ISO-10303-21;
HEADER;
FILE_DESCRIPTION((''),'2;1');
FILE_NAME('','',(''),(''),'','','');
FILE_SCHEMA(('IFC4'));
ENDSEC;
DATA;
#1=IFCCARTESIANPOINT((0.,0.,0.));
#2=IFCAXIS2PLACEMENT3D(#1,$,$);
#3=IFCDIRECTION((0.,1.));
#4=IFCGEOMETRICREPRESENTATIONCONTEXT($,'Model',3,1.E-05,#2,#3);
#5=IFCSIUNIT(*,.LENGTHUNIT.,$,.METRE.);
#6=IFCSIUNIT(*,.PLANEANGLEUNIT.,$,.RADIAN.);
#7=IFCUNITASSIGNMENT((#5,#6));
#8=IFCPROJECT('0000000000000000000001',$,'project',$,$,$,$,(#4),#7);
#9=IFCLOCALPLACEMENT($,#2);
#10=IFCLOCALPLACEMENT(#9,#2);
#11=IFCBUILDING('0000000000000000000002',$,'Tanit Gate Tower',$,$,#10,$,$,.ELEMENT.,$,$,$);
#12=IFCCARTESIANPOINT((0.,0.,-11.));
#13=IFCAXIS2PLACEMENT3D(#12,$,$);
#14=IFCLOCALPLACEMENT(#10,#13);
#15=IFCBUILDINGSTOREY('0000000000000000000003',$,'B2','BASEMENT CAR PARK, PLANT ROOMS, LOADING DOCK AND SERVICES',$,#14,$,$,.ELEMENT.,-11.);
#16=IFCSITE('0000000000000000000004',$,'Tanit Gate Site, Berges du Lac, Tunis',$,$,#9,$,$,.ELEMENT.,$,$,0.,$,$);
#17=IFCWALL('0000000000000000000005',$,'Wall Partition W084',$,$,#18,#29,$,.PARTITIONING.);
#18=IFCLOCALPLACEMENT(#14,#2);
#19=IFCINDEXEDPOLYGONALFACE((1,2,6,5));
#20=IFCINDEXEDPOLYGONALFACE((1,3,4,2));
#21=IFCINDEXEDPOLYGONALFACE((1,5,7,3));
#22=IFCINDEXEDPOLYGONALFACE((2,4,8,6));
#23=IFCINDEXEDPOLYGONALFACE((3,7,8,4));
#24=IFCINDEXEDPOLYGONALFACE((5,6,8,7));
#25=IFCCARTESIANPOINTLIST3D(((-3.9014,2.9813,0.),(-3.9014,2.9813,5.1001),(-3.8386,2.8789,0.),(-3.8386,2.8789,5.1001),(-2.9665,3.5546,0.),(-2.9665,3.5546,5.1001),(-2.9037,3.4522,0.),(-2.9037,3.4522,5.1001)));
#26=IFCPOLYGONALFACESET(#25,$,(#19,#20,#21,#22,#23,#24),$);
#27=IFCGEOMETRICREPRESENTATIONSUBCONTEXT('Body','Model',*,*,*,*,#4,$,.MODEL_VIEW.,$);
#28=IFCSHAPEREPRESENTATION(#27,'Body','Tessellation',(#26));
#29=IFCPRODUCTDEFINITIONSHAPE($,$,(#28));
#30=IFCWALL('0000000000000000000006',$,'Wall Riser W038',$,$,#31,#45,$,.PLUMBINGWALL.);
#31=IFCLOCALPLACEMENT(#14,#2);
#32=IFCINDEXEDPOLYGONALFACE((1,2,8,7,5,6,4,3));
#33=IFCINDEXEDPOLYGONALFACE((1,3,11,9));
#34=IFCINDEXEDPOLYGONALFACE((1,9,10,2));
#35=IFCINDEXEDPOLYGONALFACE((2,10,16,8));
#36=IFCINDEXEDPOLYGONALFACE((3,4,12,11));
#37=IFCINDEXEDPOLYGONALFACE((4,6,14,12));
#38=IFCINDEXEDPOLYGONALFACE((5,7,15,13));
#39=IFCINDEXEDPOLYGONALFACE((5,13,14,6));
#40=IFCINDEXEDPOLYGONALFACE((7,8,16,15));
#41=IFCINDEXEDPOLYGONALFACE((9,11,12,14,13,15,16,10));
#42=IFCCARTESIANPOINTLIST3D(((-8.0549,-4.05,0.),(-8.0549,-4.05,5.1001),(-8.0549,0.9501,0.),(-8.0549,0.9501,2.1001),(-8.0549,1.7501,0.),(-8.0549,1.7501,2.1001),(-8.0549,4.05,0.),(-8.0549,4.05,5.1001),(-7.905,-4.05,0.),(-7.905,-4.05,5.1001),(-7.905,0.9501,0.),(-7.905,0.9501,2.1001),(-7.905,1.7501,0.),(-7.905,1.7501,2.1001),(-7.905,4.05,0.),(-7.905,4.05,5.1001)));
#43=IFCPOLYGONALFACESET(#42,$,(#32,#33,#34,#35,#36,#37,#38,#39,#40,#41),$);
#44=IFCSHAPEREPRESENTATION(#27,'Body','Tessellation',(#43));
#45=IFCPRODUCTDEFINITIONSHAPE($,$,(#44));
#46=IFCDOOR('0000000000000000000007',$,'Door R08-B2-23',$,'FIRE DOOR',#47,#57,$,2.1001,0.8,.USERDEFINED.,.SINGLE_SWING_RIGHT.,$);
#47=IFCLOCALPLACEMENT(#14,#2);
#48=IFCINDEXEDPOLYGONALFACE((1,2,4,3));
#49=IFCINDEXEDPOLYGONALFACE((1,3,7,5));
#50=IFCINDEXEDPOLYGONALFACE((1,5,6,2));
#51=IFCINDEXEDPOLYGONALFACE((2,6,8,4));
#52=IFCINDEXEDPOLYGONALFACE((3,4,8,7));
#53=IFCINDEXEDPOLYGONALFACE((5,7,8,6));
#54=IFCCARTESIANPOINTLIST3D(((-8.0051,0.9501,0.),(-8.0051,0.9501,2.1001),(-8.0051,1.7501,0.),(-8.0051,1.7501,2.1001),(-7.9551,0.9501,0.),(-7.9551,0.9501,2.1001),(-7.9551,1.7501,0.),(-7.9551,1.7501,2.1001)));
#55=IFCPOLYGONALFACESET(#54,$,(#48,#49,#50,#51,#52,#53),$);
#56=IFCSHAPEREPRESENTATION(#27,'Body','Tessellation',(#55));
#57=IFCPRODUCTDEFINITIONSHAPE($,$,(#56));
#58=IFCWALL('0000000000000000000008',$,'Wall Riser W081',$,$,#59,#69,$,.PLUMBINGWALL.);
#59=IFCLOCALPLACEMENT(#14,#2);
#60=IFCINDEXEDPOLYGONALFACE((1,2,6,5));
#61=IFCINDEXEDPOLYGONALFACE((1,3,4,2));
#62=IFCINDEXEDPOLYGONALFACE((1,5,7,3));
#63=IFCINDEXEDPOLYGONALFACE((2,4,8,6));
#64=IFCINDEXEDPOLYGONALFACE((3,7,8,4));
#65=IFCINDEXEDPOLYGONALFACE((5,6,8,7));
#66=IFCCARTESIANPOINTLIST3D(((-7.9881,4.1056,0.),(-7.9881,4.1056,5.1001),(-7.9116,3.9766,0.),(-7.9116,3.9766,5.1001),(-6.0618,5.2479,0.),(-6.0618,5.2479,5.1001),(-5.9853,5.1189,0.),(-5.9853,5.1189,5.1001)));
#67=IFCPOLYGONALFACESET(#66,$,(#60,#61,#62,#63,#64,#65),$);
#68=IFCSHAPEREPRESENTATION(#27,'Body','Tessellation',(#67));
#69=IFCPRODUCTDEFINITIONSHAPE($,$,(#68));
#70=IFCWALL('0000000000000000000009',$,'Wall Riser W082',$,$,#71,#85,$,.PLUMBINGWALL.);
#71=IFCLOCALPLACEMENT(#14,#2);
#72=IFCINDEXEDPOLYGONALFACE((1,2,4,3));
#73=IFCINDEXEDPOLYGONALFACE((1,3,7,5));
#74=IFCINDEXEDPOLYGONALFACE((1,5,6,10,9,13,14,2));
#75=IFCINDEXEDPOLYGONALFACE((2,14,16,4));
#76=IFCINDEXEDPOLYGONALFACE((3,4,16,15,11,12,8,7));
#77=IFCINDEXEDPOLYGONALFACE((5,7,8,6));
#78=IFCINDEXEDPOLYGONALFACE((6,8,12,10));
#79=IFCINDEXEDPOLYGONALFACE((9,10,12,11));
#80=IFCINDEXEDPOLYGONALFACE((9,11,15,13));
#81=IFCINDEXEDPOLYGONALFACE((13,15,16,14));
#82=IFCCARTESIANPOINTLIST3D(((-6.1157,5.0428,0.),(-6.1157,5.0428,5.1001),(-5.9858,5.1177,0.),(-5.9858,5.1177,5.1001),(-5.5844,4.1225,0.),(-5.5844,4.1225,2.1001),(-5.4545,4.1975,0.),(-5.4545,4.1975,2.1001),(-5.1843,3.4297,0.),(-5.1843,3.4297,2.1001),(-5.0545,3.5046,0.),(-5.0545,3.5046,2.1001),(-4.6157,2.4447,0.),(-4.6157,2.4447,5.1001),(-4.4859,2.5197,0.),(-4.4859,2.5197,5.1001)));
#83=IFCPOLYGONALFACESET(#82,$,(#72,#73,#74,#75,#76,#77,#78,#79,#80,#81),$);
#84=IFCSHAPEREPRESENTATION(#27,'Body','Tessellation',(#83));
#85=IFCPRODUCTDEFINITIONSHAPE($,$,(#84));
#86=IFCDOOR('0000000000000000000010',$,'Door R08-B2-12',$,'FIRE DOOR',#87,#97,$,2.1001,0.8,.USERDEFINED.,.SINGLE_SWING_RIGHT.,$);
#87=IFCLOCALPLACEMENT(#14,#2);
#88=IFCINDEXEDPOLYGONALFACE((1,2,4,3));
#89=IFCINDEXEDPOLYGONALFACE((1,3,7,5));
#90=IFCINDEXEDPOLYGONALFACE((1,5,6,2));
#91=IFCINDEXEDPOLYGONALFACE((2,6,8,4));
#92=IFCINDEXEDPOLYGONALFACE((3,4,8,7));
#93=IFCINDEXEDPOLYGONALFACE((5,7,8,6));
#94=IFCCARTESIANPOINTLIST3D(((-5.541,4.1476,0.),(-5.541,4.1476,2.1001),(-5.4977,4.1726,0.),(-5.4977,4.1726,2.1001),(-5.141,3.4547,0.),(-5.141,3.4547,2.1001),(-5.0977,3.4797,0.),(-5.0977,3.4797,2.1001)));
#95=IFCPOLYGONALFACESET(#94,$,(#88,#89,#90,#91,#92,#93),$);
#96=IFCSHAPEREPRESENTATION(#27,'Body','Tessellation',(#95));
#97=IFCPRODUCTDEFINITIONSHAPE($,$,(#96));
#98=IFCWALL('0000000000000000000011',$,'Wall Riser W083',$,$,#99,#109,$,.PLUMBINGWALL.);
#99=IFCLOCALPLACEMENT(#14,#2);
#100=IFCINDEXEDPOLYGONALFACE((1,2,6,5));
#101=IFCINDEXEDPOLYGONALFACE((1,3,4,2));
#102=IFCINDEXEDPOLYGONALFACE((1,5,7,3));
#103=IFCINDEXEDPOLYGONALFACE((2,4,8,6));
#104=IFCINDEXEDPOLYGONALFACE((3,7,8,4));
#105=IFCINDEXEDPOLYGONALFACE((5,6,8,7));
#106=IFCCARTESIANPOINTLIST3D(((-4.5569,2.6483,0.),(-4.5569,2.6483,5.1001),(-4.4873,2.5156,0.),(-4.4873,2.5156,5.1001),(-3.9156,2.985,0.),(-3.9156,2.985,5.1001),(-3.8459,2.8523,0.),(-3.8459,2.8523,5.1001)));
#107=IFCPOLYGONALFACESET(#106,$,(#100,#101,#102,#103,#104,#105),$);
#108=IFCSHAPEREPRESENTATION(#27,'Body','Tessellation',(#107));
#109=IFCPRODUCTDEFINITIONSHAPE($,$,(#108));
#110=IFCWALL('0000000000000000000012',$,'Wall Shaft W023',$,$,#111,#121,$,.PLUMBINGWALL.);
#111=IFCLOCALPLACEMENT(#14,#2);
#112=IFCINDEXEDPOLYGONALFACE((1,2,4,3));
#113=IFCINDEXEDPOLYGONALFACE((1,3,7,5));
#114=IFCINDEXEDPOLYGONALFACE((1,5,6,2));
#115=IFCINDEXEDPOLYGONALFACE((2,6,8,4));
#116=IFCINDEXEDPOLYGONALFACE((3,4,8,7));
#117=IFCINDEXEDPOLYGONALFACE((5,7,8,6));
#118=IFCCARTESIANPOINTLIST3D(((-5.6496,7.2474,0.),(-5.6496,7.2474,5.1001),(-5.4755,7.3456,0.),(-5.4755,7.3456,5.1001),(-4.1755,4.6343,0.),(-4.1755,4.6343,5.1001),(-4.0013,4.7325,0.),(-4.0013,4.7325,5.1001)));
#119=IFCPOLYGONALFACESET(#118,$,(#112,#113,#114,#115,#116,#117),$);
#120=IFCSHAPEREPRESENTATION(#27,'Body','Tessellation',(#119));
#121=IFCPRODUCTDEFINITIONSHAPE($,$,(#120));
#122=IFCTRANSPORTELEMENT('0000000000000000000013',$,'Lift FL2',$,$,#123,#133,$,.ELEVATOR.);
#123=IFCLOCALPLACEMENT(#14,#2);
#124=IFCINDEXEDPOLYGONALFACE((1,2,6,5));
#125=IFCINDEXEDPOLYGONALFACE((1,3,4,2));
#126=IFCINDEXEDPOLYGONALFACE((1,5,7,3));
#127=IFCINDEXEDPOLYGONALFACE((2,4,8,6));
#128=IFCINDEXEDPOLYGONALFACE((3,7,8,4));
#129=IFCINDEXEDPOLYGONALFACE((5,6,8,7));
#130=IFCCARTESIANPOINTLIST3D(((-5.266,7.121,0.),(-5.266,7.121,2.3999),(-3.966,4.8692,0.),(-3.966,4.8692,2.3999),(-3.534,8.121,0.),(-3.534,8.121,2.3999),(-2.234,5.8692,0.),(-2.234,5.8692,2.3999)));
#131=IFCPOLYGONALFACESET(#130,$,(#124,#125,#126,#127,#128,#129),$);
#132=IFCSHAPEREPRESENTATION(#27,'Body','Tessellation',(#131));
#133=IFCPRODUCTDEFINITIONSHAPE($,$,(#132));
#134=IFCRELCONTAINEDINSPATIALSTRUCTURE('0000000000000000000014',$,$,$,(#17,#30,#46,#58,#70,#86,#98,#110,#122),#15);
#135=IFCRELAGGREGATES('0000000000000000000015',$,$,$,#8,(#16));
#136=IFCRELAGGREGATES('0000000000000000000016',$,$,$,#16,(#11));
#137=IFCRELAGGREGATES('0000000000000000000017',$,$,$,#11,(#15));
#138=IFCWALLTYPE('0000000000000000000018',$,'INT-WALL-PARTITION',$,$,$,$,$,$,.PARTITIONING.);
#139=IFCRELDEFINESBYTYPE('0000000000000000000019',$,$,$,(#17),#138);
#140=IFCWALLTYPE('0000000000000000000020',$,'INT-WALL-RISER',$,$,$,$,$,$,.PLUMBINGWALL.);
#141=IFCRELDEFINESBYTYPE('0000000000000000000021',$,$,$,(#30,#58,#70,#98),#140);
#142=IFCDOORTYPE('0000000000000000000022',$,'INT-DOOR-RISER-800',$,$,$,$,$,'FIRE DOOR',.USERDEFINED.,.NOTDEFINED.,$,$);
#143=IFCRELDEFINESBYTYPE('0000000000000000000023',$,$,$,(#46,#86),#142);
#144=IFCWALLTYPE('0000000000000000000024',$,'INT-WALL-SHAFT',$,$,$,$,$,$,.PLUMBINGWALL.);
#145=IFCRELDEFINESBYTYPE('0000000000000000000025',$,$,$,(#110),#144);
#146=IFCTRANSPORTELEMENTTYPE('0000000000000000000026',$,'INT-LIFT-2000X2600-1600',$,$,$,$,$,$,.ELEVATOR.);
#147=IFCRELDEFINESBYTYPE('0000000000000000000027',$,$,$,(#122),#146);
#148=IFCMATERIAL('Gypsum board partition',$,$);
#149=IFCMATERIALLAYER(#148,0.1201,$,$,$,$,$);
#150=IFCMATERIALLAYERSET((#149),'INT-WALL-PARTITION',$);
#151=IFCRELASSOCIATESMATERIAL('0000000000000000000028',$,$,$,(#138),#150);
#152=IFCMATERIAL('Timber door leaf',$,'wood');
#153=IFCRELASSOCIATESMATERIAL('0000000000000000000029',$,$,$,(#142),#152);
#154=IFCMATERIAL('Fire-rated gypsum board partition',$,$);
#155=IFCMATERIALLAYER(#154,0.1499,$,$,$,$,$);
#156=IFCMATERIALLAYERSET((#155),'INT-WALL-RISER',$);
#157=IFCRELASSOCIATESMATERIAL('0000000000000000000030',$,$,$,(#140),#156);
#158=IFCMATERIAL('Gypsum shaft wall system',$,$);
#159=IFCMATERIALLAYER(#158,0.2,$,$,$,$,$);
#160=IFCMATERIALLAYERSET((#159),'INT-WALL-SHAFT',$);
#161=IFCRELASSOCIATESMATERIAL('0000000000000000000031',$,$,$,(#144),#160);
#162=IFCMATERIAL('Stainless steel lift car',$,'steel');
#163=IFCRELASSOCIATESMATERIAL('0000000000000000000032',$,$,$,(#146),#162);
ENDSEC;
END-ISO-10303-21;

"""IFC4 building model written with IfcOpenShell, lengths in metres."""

from ifc_helpers import new_model, si_unit, direction, frame, frame_2d, origin, origin_2d, place, context, subcontext, project, spatial, rectangle, extrude, material, layer, layer_set, type_object, element, fill, save


model = new_model("IFC4")

# Units and contexts
model_context = context("Model", 3, precision=1e-05, world=origin(), true_north=direction((0.0, 1.0)))
body_context = subcontext(model_context, "Body", "Model", "MODEL_VIEW")
ifc_project = project(units=[si_unit("LENGTHUNIT", "METRE"), si_unit("PLANEANGLEUNIT", "RADIAN")], contexts=[model_context])

# Site, building, storey
site_placement = place(None, origin())
site = spatial("IfcSite", under=ifc_project, at=site_placement, Name="Tanit Gate Site, Berges du Lac, Tunis", CompositionType="ELEMENT", RefElevation=0.0)
building_placement = place(site_placement, origin())
building = spatial("IfcBuilding", under=site, at=building_placement, Name="Tanit Gate Tower", CompositionType="ELEMENT")
storey_placement = place(building_placement, frame((0.0, 0.0, -11.0)))
storey = spatial("IfcBuildingStorey", under=building, at=storey_placement, Name="B2", Description="BASEMENT CAR PARK, PLANT ROOMS, LOADING DOCK AND SERVICES", CompositionType="ELEMENT", Elevation=-11.0)

# Shared definitions
ifc_material_1 = material(Name="Gypsum board partition")
ifc_layer_1 = layer(ifc_material_1, 0.1201)
ifc_layer_set_1 = layer_set([ifc_layer_1], Name="INT-WALL-PARTITION")
wall_type_1 = type_object("IfcWallType", Name="INT-WALL-PARTITION", PredefinedType="PARTITIONING", material=ifc_layer_set_1)
ifc_material_2 = material(Name="Timber door leaf", Category="wood")
door_type_1 = type_object("IfcDoorType", Name="INT-DOOR-RISER-800", ElementType="FIRE DOOR", OperationType="NOTDEFINED", PredefinedType="USERDEFINED", material=ifc_material_2)

# Wall
wall_1_placement = place(storey_placement, frame((-2.9351, 3.5034, 0.0), z_axis=(0.0, 0.0, 1.0), x_axis=(-0.852483, -0.522755, 0.0)))
element("IfcWall", 1, at=wall_1_placement, inside=storey, type_object=wall_type_1, Name="Wall Partition W084", PredefinedType="PARTITIONING", context=body_context, shape_type="SweptSolid", body=[
    extrude(rectangle(XDim=1.0967, YDim=0.1201, at=frame_2d((0.5483, 0.0))), origin(), (0.0, 0.0, 1.0), 5.1001),
])

# Wall, opening, door
ifc_material_3 = material(Name="Fire-rated gypsum board partition")
ifc_layer_2 = layer(ifc_material_3, 0.1499)
ifc_layer_set_2 = layer_set([ifc_layer_2], Name="INT-WALL-RISER")
wall_type_2 = type_object("IfcWallType", Name="INT-WALL-RISER", PredefinedType="PLUMBINGWALL", material=ifc_layer_set_2)
wall_2_placement = place(storey_placement, frame((-7.98, 4.05, 0.0), z_axis=(0.0, 0.0, 1.0), x_axis=(0.0, -1.0, 0.0)))
wall_2 = element("IfcWall", 2, at=wall_2_placement, inside=storey, type_object=wall_type_2, Name="Wall Riser W038", PredefinedType="PLUMBINGWALL", context=body_context, shape_type="SweptSolid", body=[
    extrude(rectangle(XDim=8.1001, YDim=0.1499, at=frame_2d((4.05, 0.0))), origin(), (0.0, 0.0, 1.0), 5.1001),
])
opening_1_placement = place(wall_2_placement, frame((2.3, 0.0, 0.0)))
opening_1 = element("IfcOpeningElement", 3, at=opening_1_placement, cuts=wall_2, PredefinedType="OPENING", context=body_context, shape_type="SweptSolid", body=[
    extrude(rectangle(XDim=0.8, YDim=2.1001, at=frame_2d((0.3999, 1.05))), frame((0.0, 0.085, 0.0), z_axis=(0.0, -1.0, 0.0), x_axis=(1.0, 0.0, 0.0)), (0.0, 0.0, 1.0), 0.1699),
])
door_1_placement = place(opening_1_placement, origin())
door_1 = element("IfcDoor", 4, at=door_1_placement, inside=storey, type_object=door_type_1, Name="Door R08-B2-23", ObjectType="FIRE DOOR", OperationType="SINGLE_SWING_RIGHT", OverallHeight=2.1001, OverallWidth=0.8, PredefinedType="USERDEFINED", context=body_context, shape_type="SweptSolid", body=[
    extrude(rectangle(XDim=0.8, YDim=2.1001, at=frame_2d((0.3999, 1.05))), frame((0.0, 0.0249, 0.0), z_axis=(0.0, -1.0, 0.0), x_axis=(1.0, 0.0, 0.0)), (0.0, 0.0, 1.0), 0.05),
])
fill(opening_1, door_1)

# Wall
wall_3_placement = place(storey_placement, frame((-6.0237, 5.1833, 0.0), z_axis=(0.0, 0.0, 1.0), x_axis=(-0.860127, -0.51008, 0.0)))
element("IfcWall", 5, at=wall_3_placement, inside=storey, type_object=wall_type_2, Name="Wall Riser W081", PredefinedType="PLUMBINGWALL", context=body_context, shape_type="SweptSolid", body=[
    extrude(rectangle(XDim=2.2395, YDim=0.1499, at=frame_2d((1.1196, 0.0))), origin(), (0.0, 0.0, 1.0), 5.1001),
])

# Wall, opening, door
wall_4_placement = place(storey_placement, frame((-4.5508, 2.4822, 0.0), z_axis=(0.0, 0.0, 1.0), x_axis=(-0.49999, 0.866031, 0.0)))
wall_4 = element("IfcWall", 6, at=wall_4_placement, inside=storey, type_object=wall_type_2, Name="Wall Riser W082", PredefinedType="PLUMBINGWALL", context=body_context, shape_type="SweptSolid", body=[
    extrude(rectangle(XDim=3.0, YDim=0.1499, at=frame_2d((1.5, 0.0))), origin(), (0.0, 0.0, 1.0), 5.1001),
])
opening_2_placement = place(wall_4_placement, frame((1.1375, 0.0, 0.0)))
opening_2 = element("IfcOpeningElement", 7, at=opening_2_placement, cuts=wall_4, PredefinedType="OPENING", context=body_context, shape_type="SweptSolid", body=[
    extrude(rectangle(XDim=0.8, YDim=2.1001, at=frame_2d((0.3999, 1.05))), frame((0.0, 0.085, 0.0), z_axis=(0.0, -1.0, 0.0), x_axis=(1.0, 0.0, 0.0)), (0.0, 0.0, 1.0), 0.1699),
])
door_2_placement = place(opening_2_placement, origin())
door_2 = element("IfcDoor", 8, at=door_2_placement, inside=storey, type_object=door_type_1, Name="Door R08-B2-12", ObjectType="FIRE DOOR", OperationType="SINGLE_SWING_RIGHT", OverallHeight=2.1001, OverallWidth=0.8, PredefinedType="USERDEFINED", context=body_context, shape_type="SweptSolid", body=[
    extrude(rectangle(XDim=0.8, YDim=2.1001, at=frame_2d((0.3999, 1.05))), frame((0.0, 0.0249, 0.0), z_axis=(0.0, -1.0, 0.0), x_axis=(1.0, 0.0, 0.0)), (0.0, 0.0, 1.0), 0.05),
])
fill(opening_2, door_2)

# Wall
wall_5_placement = place(storey_placement, frame((-3.8806, 2.9187, 0.0), z_axis=(0.0, 0.0, 1.0), x_axis=(-0.885422, -0.464788, 0.0)))
element("IfcWall", 9, at=wall_5_placement, inside=storey, type_object=wall_type_2, Name="Wall Riser W083", PredefinedType="PLUMBINGWALL", context=body_context, shape_type="SweptSolid", body=[
    extrude(rectangle(XDim=0.7244, YDim=0.1499, at=frame_2d((0.3623, 0.0))), origin(), (0.0, 0.0, 1.0), 5.1001),
])

# Shared definitions
ifc_material_4 = material(Name="Gypsum shaft wall system")
ifc_layer_3 = layer(ifc_material_4, 0.2)
ifc_layer_set_3 = layer_set([ifc_layer_3], Name="INT-WALL-SHAFT")
wall_type_3 = type_object("IfcWallType", Name="INT-WALL-SHAFT", PredefinedType="PLUMBINGWALL", material=ifc_layer_set_3)

# Wall
wall_6_placement = place(storey_placement, frame((-5.5625, 7.2964, 0.0), z_axis=(0.0, 0.0, 1.0), x_axis=(0.491347, -0.870964, 0.0)))
element("IfcWall", 10, at=wall_6_placement, inside=storey, type_object=wall_type_3, Name="Wall Shaft W023", PredefinedType="PLUMBINGWALL", context=body_context, shape_type="SweptSolid", body=[
    extrude(rectangle(XDim=3.0002, YDim=0.2, at=frame_2d((1.5, 0.0))), origin(), (0.0, 0.0, 1.0), 5.1001),
])

# Transport element
ifc_material_5 = material(Name="Stainless steel lift car", Category="steel")
transport_element_type = type_object("IfcTransportElementType", Name="INT-LIFT-2000X2600-1600", PredefinedType="ELEVATOR", material=ifc_material_5)
transport_element_placement = place(storey_placement, frame((-3.75, 6.4951, 0.0), z_axis=(0.0, 0.0, 1.0), x_axis=(-0.866025, -0.5, 0.0)))
element("IfcTransportElement", 11, at=transport_element_placement, inside=storey, type_object=transport_element_type, Name="Lift FL2", PredefinedType="ELEVATOR", context=body_context, shape_type="SweptSolid", body=[
    extrude(rectangle(XDim=2.0, YDim=2.6001, at=origin_2d()), origin(), (0.0, 0.0, 1.0), 2.3999),
])

save(model, "model.ifc")
